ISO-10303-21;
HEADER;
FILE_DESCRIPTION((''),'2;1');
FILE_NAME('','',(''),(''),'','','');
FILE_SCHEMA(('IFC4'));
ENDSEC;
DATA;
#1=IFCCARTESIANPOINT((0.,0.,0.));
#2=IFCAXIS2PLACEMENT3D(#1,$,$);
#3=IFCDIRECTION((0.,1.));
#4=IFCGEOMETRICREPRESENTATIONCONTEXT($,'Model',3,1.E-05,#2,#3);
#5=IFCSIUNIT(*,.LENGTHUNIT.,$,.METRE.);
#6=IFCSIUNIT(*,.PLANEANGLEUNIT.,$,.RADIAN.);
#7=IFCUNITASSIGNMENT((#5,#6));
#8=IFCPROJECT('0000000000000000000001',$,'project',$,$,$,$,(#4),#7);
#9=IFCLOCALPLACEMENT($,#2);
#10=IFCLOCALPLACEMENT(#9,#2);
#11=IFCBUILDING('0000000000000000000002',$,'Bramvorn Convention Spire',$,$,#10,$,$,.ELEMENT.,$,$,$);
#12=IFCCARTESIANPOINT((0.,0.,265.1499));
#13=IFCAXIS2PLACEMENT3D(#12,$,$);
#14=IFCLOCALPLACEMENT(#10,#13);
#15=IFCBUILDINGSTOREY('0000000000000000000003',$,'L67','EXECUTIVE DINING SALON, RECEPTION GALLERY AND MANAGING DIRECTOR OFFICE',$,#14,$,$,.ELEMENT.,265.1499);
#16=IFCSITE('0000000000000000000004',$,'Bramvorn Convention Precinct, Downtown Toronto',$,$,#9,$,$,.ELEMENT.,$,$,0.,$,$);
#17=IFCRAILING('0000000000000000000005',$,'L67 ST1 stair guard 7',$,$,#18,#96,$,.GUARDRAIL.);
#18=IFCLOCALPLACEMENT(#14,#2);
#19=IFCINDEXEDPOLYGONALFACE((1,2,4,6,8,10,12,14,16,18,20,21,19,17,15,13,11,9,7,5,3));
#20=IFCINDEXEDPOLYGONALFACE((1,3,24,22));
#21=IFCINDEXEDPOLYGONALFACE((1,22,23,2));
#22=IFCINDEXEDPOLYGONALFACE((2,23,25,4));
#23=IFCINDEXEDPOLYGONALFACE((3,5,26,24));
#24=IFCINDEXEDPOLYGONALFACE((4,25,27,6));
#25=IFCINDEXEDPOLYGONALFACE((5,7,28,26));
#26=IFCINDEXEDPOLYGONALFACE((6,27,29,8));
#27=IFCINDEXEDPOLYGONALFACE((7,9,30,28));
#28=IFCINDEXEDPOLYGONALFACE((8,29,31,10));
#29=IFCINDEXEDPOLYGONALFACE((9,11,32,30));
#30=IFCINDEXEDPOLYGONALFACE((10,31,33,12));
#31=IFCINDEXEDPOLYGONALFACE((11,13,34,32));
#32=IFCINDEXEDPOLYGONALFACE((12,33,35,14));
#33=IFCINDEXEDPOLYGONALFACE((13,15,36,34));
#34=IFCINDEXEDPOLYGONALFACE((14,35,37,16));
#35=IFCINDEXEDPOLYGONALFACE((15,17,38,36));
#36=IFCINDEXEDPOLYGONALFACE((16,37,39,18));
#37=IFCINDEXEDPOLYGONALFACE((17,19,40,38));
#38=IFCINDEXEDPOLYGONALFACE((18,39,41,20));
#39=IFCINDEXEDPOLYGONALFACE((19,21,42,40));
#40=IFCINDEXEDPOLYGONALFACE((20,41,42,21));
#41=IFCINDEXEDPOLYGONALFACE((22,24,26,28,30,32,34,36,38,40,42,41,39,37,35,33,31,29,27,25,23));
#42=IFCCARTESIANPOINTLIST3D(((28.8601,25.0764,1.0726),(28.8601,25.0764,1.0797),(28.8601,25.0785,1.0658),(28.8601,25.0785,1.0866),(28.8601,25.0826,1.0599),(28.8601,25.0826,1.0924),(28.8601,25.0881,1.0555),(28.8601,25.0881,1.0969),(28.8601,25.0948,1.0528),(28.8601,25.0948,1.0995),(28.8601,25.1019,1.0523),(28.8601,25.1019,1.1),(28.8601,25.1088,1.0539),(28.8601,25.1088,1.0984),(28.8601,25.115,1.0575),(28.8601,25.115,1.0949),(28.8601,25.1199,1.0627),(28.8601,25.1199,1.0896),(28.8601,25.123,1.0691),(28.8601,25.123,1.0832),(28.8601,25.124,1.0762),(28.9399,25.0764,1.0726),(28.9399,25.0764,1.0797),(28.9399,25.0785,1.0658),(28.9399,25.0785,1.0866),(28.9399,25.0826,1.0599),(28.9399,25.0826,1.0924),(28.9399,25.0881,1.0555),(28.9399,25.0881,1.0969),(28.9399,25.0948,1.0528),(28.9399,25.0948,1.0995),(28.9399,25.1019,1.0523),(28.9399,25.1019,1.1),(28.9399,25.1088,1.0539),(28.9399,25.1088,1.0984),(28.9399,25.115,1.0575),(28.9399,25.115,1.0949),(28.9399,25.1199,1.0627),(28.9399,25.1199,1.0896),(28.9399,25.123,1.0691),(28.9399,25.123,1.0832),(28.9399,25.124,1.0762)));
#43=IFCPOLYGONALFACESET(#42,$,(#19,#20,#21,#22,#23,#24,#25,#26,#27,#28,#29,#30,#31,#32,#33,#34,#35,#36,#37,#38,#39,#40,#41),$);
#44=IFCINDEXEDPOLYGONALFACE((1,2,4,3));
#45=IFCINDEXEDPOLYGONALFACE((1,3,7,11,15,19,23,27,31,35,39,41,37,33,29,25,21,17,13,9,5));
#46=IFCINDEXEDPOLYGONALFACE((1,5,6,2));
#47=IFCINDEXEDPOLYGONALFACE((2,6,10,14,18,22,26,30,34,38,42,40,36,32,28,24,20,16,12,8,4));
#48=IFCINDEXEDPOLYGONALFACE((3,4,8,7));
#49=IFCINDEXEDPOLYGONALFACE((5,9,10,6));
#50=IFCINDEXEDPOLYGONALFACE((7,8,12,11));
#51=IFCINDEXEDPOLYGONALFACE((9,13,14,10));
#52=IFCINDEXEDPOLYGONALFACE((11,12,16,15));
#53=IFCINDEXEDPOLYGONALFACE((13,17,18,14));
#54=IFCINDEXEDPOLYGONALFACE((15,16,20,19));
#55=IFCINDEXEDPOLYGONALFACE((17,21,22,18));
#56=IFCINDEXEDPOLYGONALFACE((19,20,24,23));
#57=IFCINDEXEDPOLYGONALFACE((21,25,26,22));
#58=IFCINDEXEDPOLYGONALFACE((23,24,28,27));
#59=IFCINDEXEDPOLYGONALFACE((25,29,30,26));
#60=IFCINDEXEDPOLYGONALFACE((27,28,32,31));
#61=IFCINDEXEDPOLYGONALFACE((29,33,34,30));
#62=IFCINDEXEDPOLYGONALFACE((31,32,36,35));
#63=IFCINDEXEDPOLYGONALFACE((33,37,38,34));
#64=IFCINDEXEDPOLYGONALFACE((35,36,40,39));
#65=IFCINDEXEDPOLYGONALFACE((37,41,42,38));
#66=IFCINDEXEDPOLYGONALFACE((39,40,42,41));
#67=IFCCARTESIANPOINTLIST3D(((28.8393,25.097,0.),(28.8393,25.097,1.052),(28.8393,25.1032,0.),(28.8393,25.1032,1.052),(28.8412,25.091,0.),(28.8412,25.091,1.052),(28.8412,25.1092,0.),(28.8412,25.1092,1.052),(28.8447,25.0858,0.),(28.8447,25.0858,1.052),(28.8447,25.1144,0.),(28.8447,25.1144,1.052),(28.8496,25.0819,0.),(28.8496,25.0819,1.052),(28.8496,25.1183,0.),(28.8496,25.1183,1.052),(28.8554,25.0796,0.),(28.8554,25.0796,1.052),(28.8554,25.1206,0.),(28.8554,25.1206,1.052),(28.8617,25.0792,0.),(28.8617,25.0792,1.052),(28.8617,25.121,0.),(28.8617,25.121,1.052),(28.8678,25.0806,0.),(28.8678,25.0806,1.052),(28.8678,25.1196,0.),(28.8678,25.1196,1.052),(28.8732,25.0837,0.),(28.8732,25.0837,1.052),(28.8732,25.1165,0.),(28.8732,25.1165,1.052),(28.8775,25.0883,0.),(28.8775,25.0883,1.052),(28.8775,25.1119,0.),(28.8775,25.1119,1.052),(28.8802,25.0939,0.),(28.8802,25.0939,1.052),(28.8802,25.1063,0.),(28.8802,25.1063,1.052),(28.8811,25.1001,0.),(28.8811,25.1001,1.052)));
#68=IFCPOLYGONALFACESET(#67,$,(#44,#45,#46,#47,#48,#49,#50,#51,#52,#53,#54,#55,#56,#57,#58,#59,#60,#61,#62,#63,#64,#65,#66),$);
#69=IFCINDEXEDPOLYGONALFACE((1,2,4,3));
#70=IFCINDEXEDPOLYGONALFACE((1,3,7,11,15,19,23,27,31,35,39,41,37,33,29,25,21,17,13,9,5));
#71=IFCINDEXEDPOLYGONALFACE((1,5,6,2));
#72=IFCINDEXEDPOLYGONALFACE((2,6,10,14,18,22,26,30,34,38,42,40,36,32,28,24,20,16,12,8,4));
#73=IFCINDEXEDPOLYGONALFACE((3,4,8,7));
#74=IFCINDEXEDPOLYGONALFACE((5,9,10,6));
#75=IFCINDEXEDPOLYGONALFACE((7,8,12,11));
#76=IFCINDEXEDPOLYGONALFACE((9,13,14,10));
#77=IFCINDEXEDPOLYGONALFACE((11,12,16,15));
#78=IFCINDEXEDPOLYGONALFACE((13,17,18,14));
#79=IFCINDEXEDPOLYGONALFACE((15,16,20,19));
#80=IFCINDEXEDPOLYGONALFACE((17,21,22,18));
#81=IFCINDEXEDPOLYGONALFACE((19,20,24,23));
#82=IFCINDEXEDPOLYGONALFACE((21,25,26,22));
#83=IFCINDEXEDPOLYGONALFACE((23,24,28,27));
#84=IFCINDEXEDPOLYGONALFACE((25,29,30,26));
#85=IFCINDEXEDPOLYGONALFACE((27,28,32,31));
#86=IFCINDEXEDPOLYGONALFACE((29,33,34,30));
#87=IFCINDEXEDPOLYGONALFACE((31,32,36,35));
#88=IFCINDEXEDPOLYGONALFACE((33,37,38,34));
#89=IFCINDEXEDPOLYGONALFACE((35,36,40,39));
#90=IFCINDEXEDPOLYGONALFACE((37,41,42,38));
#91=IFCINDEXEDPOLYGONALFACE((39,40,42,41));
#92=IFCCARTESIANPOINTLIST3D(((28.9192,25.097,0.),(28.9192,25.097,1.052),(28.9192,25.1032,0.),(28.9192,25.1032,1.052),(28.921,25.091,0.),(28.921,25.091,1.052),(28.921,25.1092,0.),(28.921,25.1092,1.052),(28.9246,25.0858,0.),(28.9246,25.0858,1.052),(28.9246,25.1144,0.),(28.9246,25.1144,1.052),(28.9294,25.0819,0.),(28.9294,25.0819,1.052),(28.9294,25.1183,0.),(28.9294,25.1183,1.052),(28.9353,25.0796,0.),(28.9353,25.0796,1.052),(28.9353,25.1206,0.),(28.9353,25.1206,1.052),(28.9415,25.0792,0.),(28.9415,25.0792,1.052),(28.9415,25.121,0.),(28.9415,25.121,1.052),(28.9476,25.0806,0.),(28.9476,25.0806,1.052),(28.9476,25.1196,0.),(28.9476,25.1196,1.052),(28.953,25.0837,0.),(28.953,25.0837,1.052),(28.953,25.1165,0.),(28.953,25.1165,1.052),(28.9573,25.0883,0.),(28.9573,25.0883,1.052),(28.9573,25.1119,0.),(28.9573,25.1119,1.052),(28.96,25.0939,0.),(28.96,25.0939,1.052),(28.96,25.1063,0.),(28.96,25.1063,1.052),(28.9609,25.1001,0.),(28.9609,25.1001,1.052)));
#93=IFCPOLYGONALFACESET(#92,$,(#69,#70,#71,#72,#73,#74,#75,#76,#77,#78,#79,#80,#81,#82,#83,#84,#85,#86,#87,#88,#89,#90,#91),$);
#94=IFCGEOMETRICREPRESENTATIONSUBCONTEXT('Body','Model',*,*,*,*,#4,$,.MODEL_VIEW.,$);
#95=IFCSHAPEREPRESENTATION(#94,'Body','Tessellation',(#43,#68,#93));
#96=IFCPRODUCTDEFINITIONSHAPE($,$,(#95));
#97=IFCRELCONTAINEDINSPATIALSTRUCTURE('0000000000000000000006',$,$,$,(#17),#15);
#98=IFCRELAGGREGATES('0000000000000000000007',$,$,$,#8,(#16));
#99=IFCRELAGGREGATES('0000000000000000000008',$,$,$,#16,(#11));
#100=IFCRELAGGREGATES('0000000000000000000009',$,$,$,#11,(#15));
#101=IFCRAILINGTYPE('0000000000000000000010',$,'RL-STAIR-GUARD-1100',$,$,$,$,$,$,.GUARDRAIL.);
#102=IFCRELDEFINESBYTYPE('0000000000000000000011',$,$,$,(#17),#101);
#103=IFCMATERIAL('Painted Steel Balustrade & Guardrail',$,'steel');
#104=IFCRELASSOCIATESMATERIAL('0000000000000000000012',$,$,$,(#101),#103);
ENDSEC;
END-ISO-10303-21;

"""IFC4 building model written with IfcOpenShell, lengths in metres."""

from ifc_helpers import new_model, si_unit, direction, frame, origin, origin_2d, place, context, subcontext, project, spatial, circle, extrude, material, type_object, element, save


model = new_model("IFC4")

# Units and contexts
model_context = context("Model", 3, precision=1e-05, world=origin(), true_north=direction((0.0, 1.0)))
body_context = subcontext(model_context, "Body", "Model", "MODEL_VIEW")
ifc_project = project(units=[si_unit("LENGTHUNIT", "METRE"), si_unit("PLANEANGLEUNIT", "RADIAN")], contexts=[model_context])

# Site, building, storey
site_placement = place(None, origin())
site = spatial("IfcSite", under=ifc_project, at=site_placement, Name="Bramvorn Convention Precinct, Downtown Toronto", CompositionType="ELEMENT", RefElevation=0.0)
building_placement = place(site_placement, origin())
building = spatial("IfcBuilding", under=site, at=building_placement, Name="Bramvorn Convention Spire", CompositionType="ELEMENT")
storey_placement = place(building_placement, frame((0.0, 0.0, 265.1499)))
storey = spatial("IfcBuildingStorey", under=building, at=storey_placement, Name="L67", Description="EXECUTIVE DINING SALON, RECEPTION GALLERY AND MANAGING DIRECTOR OFFICE", CompositionType="ELEMENT", Elevation=265.1499)

# Railing
ifc_material_1 = material(Name="Painted Steel Balustrade & Guardrail", Category="steel")
railing_type_1 = type_object("IfcRailingType", Name="RL-STAIR-GUARD-1100", PredefinedType="GUARDRAIL", material=ifc_material_1)
railing_1_placement = place(storey_placement, frame((28.8601, 25.1001, 0.0)))
element("IfcRailing", 1, at=railing_1_placement, inside=storey, type_object=railing_type_1, Name="L67 ST1 stair guard 7", PredefinedType="GUARDRAIL", context=body_context, shape_type="SweptSolid", body=[
    extrude(circle(Radius=0.0239, at=origin_2d()), frame((0.0, 0.0, 1.0762), z_axis=(1.0, 0.0, 0.0), x_axis=(0.0, 1.0, 0.0)), (0.0, 0.0, 1.0), 0.0798),
    extrude(circle(Radius=0.021, at=origin_2d()), origin(), (0.0, 0.0, 1.0), 1.052),
    extrude(circle(Radius=0.021, at=origin_2d()), frame((0.0798, 0.0, 0.0)), (0.0, 0.0, 1.0), 1.052),
])

save(model, "model.ifc")
